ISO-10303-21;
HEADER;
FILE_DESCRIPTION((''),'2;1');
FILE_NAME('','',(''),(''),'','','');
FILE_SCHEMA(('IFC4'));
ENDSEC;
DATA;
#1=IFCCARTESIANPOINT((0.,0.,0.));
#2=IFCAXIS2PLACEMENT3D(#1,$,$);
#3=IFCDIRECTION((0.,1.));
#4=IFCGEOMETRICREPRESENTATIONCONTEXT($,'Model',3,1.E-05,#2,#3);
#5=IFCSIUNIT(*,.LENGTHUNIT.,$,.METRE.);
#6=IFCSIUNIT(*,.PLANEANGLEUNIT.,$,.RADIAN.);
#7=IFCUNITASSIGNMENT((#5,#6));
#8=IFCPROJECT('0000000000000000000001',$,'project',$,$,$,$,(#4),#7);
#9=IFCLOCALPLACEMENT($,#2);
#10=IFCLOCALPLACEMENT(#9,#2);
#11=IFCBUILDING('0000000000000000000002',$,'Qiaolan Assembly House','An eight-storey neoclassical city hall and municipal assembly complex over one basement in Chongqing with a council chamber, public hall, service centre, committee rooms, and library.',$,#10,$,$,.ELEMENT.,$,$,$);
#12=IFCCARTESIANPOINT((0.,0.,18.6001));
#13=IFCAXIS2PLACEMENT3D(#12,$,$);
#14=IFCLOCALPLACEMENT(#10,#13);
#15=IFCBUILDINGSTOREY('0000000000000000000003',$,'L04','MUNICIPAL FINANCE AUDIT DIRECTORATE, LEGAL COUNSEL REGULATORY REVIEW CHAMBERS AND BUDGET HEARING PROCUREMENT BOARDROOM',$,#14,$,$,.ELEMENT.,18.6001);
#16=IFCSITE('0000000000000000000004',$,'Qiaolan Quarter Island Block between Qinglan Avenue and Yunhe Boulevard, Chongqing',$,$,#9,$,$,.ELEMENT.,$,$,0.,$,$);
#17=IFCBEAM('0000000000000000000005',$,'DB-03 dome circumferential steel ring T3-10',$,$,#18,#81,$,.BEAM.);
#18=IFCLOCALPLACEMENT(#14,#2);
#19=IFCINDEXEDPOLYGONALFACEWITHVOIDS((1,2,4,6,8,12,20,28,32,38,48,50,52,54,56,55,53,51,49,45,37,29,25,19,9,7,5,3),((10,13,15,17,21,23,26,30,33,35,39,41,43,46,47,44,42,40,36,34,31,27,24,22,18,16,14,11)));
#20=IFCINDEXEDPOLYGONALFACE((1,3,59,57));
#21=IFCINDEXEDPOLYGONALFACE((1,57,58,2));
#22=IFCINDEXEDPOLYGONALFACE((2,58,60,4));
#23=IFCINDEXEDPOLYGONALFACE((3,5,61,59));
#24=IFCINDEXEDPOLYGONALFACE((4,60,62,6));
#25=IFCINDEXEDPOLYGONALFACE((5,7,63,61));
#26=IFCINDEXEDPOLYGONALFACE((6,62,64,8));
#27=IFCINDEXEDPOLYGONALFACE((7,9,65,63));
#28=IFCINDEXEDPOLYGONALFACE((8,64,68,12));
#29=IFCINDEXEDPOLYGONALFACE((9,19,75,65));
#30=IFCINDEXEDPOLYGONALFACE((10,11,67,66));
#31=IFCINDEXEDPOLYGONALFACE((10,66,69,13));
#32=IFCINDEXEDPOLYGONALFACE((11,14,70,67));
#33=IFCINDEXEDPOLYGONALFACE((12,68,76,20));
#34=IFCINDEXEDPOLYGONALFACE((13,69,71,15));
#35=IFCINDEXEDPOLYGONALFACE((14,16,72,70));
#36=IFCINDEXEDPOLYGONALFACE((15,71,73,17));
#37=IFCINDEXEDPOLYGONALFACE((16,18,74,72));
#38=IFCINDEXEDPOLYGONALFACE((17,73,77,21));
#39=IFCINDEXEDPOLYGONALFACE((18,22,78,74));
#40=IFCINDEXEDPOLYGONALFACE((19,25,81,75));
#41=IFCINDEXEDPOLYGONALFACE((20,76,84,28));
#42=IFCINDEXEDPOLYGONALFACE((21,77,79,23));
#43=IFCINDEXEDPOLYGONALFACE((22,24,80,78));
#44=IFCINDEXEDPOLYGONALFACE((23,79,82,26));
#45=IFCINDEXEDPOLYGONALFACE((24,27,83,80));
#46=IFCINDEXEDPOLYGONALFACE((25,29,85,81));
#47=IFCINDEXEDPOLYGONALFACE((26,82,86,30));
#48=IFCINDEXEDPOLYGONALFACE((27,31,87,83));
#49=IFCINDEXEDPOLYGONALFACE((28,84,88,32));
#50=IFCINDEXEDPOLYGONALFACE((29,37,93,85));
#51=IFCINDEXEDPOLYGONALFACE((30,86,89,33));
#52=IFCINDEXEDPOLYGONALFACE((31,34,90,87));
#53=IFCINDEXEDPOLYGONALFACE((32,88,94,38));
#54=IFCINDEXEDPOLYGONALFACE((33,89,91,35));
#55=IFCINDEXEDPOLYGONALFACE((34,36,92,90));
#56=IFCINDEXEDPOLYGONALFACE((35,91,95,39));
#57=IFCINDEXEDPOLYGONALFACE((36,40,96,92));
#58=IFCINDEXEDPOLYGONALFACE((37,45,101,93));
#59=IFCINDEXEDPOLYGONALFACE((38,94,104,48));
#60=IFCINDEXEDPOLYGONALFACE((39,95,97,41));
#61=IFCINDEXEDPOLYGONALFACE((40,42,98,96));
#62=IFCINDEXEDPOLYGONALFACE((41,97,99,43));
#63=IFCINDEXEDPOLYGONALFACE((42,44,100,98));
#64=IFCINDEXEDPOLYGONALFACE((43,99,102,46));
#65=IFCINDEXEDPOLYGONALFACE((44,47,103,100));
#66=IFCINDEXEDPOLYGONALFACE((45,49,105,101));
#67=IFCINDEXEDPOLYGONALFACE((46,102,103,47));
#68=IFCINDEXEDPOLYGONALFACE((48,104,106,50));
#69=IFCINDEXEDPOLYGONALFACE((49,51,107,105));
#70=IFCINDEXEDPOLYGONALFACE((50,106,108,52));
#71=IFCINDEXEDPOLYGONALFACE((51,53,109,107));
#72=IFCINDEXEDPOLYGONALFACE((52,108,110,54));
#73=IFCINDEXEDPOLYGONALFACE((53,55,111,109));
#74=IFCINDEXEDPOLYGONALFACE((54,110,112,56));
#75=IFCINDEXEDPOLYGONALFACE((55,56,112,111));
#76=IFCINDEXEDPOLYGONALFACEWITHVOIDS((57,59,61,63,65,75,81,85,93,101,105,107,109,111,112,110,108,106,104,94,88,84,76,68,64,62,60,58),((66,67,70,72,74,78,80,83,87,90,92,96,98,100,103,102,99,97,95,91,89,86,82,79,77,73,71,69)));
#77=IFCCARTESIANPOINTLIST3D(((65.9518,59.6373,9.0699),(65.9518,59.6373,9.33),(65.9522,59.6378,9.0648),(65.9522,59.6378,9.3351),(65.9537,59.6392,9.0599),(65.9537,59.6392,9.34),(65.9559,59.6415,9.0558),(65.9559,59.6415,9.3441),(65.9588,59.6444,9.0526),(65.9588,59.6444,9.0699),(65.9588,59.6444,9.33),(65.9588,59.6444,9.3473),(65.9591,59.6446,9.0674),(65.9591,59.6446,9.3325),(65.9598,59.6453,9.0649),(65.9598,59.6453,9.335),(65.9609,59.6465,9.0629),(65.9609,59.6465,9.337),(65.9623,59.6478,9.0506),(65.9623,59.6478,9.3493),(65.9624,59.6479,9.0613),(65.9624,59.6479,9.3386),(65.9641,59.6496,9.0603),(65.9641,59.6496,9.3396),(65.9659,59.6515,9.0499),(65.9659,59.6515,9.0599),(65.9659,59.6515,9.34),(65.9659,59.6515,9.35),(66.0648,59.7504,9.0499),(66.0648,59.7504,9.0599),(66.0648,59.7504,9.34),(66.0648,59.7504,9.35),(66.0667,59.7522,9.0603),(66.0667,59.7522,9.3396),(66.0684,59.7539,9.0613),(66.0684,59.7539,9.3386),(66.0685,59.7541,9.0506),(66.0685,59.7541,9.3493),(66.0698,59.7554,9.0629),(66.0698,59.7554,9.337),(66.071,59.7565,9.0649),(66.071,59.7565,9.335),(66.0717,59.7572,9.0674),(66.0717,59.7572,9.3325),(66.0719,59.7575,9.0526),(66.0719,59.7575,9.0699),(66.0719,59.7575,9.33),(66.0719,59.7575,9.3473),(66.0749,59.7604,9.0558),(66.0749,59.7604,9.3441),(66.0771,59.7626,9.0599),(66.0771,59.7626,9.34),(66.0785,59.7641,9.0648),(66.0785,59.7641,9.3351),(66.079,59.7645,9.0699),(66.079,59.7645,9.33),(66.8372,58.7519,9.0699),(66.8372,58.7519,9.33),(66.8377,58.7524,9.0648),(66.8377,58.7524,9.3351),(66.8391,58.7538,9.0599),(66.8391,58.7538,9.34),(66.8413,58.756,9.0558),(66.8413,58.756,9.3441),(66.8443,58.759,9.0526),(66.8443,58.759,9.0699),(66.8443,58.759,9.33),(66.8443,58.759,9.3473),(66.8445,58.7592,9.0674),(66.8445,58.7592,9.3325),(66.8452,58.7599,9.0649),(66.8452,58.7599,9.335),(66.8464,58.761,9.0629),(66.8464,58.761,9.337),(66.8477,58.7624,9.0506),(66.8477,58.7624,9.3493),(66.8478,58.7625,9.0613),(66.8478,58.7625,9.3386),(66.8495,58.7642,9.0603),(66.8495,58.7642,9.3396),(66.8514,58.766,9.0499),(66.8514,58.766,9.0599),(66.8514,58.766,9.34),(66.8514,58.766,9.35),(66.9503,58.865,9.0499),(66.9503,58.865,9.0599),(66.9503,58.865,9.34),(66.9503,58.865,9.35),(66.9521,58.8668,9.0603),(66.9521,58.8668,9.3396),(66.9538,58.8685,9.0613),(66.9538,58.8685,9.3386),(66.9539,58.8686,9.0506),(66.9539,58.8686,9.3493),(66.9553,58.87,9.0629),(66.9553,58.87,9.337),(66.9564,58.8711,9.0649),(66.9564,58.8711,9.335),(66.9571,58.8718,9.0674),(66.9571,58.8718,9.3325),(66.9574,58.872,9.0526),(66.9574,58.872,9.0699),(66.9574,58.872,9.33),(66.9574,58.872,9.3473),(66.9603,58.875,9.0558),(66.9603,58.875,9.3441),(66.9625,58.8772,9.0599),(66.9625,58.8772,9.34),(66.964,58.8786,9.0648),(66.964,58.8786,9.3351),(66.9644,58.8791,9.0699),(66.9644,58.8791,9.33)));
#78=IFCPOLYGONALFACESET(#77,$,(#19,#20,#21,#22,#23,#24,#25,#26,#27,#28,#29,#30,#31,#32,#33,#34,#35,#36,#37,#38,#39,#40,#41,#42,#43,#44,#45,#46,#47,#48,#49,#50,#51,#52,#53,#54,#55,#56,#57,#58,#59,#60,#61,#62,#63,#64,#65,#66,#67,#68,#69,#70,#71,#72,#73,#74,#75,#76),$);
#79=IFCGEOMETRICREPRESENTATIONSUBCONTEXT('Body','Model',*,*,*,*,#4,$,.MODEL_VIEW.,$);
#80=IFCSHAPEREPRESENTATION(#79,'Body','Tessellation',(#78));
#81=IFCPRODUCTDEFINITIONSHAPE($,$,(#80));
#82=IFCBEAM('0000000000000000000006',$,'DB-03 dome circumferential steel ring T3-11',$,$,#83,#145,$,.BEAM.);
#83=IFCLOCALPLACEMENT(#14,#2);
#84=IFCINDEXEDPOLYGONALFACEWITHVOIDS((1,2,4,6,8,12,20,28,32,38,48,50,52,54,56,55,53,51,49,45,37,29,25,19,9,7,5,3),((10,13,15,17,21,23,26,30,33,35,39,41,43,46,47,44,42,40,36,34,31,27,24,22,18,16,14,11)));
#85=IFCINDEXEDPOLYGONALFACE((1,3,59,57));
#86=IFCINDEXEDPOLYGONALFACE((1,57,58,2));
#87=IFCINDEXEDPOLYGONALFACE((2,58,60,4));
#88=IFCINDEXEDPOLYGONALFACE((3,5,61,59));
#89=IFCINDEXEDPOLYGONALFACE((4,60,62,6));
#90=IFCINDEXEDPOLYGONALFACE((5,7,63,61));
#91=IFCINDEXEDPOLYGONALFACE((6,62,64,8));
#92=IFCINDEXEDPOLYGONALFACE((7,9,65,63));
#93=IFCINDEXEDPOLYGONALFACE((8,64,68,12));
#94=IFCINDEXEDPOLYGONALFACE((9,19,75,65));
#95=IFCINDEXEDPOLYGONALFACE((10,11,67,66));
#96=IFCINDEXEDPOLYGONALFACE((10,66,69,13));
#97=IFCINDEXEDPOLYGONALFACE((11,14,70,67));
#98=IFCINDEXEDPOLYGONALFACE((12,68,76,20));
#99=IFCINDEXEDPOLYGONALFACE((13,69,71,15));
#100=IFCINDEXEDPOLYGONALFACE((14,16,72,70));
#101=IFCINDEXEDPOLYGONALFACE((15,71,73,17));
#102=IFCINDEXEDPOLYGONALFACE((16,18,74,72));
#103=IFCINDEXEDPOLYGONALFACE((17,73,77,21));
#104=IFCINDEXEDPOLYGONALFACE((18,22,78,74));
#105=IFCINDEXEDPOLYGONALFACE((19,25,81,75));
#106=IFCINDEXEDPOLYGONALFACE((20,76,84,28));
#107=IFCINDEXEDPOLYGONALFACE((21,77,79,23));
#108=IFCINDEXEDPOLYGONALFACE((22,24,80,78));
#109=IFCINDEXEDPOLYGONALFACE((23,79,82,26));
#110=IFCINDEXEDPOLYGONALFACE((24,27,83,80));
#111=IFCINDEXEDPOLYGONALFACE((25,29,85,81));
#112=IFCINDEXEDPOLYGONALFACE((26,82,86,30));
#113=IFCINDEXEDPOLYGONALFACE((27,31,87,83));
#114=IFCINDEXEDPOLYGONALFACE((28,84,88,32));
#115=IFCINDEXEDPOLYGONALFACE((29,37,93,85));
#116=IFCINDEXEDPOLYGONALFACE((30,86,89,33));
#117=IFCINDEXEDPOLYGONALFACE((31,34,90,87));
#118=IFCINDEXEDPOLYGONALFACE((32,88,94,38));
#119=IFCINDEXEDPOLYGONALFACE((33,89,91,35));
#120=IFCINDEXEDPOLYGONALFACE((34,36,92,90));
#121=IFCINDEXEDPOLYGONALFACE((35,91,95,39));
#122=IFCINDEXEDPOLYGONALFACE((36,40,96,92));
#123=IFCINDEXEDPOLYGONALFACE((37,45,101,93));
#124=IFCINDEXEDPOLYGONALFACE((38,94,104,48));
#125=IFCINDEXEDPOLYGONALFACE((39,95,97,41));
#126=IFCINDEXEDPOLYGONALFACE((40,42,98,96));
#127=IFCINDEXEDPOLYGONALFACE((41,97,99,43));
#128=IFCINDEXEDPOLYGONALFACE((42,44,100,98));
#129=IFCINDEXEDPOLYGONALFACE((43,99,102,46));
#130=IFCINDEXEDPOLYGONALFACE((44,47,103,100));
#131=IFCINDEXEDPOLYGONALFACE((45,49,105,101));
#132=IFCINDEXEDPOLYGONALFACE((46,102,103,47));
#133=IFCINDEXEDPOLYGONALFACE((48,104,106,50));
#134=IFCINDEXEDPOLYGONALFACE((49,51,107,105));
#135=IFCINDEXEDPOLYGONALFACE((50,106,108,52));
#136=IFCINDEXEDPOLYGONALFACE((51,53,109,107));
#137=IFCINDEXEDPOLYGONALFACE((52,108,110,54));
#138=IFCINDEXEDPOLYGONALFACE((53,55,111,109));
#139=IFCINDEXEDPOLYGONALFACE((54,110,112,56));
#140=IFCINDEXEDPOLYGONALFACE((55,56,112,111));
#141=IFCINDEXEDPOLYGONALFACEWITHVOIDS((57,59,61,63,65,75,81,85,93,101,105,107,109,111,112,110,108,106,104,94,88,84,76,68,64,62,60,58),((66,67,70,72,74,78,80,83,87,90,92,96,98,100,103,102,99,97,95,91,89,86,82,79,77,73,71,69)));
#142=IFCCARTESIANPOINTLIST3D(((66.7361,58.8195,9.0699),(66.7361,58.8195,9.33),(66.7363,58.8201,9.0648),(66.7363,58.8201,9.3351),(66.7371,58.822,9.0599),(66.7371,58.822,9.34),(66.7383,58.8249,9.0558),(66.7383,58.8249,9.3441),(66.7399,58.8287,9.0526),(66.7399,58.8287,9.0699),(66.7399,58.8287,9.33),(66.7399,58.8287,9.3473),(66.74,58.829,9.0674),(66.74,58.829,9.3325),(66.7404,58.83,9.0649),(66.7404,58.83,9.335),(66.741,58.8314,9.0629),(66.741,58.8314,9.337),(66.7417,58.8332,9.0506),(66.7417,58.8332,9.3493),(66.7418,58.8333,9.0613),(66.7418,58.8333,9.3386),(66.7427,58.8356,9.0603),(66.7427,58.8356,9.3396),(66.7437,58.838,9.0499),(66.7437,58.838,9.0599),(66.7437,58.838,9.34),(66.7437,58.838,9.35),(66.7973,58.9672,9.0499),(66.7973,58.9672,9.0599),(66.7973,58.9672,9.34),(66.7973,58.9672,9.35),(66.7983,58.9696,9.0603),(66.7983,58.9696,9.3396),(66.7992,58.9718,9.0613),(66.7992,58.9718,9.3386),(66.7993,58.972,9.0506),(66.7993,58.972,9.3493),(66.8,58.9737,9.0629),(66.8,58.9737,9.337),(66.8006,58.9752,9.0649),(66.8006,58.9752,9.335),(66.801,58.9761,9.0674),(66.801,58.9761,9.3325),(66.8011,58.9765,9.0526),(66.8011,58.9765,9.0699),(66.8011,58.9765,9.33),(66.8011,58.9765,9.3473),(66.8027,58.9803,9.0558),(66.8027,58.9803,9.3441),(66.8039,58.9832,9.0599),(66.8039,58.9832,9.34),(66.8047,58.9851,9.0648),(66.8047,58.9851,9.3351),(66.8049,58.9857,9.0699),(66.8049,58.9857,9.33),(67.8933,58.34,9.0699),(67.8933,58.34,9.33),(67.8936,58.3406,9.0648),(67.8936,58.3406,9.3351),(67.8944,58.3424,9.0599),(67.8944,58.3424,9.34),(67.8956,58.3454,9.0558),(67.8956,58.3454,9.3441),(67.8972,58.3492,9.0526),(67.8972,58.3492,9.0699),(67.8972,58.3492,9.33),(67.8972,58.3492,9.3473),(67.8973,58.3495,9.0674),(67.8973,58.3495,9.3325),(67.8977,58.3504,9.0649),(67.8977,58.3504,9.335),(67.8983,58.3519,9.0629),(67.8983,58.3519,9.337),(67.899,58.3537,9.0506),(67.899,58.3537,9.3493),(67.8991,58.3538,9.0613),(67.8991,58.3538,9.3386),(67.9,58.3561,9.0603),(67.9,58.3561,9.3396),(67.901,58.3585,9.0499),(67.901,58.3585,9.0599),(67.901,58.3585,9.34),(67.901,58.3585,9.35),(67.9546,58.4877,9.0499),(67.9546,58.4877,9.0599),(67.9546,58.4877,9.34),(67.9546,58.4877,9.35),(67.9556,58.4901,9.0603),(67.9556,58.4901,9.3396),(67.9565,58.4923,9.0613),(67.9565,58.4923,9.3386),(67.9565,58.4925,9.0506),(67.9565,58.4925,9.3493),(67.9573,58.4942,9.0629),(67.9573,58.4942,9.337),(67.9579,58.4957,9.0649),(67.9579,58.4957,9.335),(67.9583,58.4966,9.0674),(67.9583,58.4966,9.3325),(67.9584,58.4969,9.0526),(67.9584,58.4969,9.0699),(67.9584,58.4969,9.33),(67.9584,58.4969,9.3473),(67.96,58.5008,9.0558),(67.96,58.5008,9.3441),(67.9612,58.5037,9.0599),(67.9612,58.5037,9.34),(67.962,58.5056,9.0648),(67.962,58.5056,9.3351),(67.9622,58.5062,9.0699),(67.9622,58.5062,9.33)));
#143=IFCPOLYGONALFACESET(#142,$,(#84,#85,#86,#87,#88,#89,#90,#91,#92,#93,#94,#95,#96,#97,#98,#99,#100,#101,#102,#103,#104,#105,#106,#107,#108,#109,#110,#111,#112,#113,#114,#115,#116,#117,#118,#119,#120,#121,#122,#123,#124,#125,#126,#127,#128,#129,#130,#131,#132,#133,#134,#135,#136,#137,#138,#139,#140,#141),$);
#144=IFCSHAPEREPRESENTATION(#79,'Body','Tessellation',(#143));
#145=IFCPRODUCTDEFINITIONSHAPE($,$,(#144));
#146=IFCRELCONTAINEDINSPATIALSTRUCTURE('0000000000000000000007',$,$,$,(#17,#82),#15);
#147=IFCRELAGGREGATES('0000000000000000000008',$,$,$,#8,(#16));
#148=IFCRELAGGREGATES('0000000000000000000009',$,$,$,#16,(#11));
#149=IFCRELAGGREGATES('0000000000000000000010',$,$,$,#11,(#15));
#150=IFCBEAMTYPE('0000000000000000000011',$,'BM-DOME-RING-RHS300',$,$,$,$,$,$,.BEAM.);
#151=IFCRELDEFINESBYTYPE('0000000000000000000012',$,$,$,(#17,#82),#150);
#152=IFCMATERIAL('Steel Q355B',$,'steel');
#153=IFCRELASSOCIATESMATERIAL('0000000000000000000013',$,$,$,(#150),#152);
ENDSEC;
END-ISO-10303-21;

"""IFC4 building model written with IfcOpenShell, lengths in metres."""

from ifc_helpers import new_model, si_unit, direction, frame, origin, origin_2d, place, context, subcontext, project, spatial, hollow_rectangle, extrude, material, material_profile, profile_set, type_object, element, save


model = new_model("IFC4")

# Units and contexts
model_context = context("Model", 3, precision=1e-05, world=origin(), true_north=direction((0.0, 1.0)))
body_context = subcontext(model_context, "Body", "Model", "MODEL_VIEW")
ifc_project = project(units=[si_unit("LENGTHUNIT", "METRE"), si_unit("PLANEANGLEUNIT", "RADIAN")], contexts=[model_context])

# Site, building, storey
site_placement = place(None, origin())
site = spatial("IfcSite", under=ifc_project, at=site_placement, Name="Qiaolan Quarter Island Block between Qinglan Avenue and Yunhe Boulevard, Chongqing", CompositionType="ELEMENT", RefElevation=0.0)
building_placement = place(site_placement, origin())
building = spatial("IfcBuilding", under=site, at=building_placement, Name="Qiaolan Assembly House", Description="An eight-storey neoclassical city hall and municipal assembly complex over one basement in Chongqing with a council chamber, public hall, service centre, committee rooms, and library.", CompositionType="ELEMENT")
storey_placement = place(building_placement, frame((0.0, 0.0, 18.6001)))
storey = spatial("IfcBuildingStorey", under=building, at=storey_placement, Name="L04", Description="MUNICIPAL FINANCE AUDIT DIRECTORATE, LEGAL COUNSEL REGULATORY REVIEW CHAMBERS AND BUDGET HEARING PROCUREMENT BOARDROOM", CompositionType="ELEMENT", Elevation=18.6001)

# Beams
ifc_material_1 = material(Name="Steel Q355B", Category="steel")
ifc_material_profile = material_profile(ifc_material_1, hollow_rectangle(XDim=0.1799, YDim=0.3, WallThickness=0.01, InnerFilletRadius=0.01, OuterFilletRadius=0.02, at=origin_2d()), Name="RHS 300x180x10")
ifc_profile_set = profile_set([ifc_material_profile], Name="Steel Q355B")
beam_type = type_object("IfcBeamType", Name="BM-DOME-RING-RHS300", PredefinedType="BEAM", material=ifc_profile_set)
beam_1_placement = place(storey_placement, frame((66.0154, 59.7009, 9.2), z_axis=(0.707107, -0.707107, 0.0), x_axis=(0.707107, 0.707107, 0.0)))
element("IfcBeam", 1, at=beam_1_placement, inside=storey, type_object=beam_type, Name="DB-03 dome circumferential steel ring T3-10", PredefinedType="BEAM", context=body_context, shape_type="SweptSolid", body=[
    extrude(hollow_rectangle(XDim=0.1799, YDim=0.3, WallThickness=0.01, InnerFilletRadius=0.01, OuterFilletRadius=0.02, at=origin_2d()), origin(), (0.0, 0.0, 1.0), 1.2522),
])
for number, where, z_axis, x_axis, name in (
    (2, (66.7705, 58.9026, 9.2), (0.923836, -0.382788, 0.0), (0.382788, 0.923836, 0.0), "DB-03 dome circumferential steel ring T3-11"),
):
    element("IfcBeam", number, at=place(storey_placement, frame(where, z_axis=z_axis, x_axis=x_axis)), inside=storey, type_object=beam_type, Name=name, PredefinedType="BEAM", context=body_context, shape_type="SweptSolid", body=[
        extrude(hollow_rectangle(XDim=0.1799, YDim=0.3, WallThickness=0.01, InnerFilletRadius=0.01, OuterFilletRadius=0.02, at=origin_2d()), origin(), (0.0, 0.0, 1.0), 1.2527),
    ])

save(model, "model.ifc")
